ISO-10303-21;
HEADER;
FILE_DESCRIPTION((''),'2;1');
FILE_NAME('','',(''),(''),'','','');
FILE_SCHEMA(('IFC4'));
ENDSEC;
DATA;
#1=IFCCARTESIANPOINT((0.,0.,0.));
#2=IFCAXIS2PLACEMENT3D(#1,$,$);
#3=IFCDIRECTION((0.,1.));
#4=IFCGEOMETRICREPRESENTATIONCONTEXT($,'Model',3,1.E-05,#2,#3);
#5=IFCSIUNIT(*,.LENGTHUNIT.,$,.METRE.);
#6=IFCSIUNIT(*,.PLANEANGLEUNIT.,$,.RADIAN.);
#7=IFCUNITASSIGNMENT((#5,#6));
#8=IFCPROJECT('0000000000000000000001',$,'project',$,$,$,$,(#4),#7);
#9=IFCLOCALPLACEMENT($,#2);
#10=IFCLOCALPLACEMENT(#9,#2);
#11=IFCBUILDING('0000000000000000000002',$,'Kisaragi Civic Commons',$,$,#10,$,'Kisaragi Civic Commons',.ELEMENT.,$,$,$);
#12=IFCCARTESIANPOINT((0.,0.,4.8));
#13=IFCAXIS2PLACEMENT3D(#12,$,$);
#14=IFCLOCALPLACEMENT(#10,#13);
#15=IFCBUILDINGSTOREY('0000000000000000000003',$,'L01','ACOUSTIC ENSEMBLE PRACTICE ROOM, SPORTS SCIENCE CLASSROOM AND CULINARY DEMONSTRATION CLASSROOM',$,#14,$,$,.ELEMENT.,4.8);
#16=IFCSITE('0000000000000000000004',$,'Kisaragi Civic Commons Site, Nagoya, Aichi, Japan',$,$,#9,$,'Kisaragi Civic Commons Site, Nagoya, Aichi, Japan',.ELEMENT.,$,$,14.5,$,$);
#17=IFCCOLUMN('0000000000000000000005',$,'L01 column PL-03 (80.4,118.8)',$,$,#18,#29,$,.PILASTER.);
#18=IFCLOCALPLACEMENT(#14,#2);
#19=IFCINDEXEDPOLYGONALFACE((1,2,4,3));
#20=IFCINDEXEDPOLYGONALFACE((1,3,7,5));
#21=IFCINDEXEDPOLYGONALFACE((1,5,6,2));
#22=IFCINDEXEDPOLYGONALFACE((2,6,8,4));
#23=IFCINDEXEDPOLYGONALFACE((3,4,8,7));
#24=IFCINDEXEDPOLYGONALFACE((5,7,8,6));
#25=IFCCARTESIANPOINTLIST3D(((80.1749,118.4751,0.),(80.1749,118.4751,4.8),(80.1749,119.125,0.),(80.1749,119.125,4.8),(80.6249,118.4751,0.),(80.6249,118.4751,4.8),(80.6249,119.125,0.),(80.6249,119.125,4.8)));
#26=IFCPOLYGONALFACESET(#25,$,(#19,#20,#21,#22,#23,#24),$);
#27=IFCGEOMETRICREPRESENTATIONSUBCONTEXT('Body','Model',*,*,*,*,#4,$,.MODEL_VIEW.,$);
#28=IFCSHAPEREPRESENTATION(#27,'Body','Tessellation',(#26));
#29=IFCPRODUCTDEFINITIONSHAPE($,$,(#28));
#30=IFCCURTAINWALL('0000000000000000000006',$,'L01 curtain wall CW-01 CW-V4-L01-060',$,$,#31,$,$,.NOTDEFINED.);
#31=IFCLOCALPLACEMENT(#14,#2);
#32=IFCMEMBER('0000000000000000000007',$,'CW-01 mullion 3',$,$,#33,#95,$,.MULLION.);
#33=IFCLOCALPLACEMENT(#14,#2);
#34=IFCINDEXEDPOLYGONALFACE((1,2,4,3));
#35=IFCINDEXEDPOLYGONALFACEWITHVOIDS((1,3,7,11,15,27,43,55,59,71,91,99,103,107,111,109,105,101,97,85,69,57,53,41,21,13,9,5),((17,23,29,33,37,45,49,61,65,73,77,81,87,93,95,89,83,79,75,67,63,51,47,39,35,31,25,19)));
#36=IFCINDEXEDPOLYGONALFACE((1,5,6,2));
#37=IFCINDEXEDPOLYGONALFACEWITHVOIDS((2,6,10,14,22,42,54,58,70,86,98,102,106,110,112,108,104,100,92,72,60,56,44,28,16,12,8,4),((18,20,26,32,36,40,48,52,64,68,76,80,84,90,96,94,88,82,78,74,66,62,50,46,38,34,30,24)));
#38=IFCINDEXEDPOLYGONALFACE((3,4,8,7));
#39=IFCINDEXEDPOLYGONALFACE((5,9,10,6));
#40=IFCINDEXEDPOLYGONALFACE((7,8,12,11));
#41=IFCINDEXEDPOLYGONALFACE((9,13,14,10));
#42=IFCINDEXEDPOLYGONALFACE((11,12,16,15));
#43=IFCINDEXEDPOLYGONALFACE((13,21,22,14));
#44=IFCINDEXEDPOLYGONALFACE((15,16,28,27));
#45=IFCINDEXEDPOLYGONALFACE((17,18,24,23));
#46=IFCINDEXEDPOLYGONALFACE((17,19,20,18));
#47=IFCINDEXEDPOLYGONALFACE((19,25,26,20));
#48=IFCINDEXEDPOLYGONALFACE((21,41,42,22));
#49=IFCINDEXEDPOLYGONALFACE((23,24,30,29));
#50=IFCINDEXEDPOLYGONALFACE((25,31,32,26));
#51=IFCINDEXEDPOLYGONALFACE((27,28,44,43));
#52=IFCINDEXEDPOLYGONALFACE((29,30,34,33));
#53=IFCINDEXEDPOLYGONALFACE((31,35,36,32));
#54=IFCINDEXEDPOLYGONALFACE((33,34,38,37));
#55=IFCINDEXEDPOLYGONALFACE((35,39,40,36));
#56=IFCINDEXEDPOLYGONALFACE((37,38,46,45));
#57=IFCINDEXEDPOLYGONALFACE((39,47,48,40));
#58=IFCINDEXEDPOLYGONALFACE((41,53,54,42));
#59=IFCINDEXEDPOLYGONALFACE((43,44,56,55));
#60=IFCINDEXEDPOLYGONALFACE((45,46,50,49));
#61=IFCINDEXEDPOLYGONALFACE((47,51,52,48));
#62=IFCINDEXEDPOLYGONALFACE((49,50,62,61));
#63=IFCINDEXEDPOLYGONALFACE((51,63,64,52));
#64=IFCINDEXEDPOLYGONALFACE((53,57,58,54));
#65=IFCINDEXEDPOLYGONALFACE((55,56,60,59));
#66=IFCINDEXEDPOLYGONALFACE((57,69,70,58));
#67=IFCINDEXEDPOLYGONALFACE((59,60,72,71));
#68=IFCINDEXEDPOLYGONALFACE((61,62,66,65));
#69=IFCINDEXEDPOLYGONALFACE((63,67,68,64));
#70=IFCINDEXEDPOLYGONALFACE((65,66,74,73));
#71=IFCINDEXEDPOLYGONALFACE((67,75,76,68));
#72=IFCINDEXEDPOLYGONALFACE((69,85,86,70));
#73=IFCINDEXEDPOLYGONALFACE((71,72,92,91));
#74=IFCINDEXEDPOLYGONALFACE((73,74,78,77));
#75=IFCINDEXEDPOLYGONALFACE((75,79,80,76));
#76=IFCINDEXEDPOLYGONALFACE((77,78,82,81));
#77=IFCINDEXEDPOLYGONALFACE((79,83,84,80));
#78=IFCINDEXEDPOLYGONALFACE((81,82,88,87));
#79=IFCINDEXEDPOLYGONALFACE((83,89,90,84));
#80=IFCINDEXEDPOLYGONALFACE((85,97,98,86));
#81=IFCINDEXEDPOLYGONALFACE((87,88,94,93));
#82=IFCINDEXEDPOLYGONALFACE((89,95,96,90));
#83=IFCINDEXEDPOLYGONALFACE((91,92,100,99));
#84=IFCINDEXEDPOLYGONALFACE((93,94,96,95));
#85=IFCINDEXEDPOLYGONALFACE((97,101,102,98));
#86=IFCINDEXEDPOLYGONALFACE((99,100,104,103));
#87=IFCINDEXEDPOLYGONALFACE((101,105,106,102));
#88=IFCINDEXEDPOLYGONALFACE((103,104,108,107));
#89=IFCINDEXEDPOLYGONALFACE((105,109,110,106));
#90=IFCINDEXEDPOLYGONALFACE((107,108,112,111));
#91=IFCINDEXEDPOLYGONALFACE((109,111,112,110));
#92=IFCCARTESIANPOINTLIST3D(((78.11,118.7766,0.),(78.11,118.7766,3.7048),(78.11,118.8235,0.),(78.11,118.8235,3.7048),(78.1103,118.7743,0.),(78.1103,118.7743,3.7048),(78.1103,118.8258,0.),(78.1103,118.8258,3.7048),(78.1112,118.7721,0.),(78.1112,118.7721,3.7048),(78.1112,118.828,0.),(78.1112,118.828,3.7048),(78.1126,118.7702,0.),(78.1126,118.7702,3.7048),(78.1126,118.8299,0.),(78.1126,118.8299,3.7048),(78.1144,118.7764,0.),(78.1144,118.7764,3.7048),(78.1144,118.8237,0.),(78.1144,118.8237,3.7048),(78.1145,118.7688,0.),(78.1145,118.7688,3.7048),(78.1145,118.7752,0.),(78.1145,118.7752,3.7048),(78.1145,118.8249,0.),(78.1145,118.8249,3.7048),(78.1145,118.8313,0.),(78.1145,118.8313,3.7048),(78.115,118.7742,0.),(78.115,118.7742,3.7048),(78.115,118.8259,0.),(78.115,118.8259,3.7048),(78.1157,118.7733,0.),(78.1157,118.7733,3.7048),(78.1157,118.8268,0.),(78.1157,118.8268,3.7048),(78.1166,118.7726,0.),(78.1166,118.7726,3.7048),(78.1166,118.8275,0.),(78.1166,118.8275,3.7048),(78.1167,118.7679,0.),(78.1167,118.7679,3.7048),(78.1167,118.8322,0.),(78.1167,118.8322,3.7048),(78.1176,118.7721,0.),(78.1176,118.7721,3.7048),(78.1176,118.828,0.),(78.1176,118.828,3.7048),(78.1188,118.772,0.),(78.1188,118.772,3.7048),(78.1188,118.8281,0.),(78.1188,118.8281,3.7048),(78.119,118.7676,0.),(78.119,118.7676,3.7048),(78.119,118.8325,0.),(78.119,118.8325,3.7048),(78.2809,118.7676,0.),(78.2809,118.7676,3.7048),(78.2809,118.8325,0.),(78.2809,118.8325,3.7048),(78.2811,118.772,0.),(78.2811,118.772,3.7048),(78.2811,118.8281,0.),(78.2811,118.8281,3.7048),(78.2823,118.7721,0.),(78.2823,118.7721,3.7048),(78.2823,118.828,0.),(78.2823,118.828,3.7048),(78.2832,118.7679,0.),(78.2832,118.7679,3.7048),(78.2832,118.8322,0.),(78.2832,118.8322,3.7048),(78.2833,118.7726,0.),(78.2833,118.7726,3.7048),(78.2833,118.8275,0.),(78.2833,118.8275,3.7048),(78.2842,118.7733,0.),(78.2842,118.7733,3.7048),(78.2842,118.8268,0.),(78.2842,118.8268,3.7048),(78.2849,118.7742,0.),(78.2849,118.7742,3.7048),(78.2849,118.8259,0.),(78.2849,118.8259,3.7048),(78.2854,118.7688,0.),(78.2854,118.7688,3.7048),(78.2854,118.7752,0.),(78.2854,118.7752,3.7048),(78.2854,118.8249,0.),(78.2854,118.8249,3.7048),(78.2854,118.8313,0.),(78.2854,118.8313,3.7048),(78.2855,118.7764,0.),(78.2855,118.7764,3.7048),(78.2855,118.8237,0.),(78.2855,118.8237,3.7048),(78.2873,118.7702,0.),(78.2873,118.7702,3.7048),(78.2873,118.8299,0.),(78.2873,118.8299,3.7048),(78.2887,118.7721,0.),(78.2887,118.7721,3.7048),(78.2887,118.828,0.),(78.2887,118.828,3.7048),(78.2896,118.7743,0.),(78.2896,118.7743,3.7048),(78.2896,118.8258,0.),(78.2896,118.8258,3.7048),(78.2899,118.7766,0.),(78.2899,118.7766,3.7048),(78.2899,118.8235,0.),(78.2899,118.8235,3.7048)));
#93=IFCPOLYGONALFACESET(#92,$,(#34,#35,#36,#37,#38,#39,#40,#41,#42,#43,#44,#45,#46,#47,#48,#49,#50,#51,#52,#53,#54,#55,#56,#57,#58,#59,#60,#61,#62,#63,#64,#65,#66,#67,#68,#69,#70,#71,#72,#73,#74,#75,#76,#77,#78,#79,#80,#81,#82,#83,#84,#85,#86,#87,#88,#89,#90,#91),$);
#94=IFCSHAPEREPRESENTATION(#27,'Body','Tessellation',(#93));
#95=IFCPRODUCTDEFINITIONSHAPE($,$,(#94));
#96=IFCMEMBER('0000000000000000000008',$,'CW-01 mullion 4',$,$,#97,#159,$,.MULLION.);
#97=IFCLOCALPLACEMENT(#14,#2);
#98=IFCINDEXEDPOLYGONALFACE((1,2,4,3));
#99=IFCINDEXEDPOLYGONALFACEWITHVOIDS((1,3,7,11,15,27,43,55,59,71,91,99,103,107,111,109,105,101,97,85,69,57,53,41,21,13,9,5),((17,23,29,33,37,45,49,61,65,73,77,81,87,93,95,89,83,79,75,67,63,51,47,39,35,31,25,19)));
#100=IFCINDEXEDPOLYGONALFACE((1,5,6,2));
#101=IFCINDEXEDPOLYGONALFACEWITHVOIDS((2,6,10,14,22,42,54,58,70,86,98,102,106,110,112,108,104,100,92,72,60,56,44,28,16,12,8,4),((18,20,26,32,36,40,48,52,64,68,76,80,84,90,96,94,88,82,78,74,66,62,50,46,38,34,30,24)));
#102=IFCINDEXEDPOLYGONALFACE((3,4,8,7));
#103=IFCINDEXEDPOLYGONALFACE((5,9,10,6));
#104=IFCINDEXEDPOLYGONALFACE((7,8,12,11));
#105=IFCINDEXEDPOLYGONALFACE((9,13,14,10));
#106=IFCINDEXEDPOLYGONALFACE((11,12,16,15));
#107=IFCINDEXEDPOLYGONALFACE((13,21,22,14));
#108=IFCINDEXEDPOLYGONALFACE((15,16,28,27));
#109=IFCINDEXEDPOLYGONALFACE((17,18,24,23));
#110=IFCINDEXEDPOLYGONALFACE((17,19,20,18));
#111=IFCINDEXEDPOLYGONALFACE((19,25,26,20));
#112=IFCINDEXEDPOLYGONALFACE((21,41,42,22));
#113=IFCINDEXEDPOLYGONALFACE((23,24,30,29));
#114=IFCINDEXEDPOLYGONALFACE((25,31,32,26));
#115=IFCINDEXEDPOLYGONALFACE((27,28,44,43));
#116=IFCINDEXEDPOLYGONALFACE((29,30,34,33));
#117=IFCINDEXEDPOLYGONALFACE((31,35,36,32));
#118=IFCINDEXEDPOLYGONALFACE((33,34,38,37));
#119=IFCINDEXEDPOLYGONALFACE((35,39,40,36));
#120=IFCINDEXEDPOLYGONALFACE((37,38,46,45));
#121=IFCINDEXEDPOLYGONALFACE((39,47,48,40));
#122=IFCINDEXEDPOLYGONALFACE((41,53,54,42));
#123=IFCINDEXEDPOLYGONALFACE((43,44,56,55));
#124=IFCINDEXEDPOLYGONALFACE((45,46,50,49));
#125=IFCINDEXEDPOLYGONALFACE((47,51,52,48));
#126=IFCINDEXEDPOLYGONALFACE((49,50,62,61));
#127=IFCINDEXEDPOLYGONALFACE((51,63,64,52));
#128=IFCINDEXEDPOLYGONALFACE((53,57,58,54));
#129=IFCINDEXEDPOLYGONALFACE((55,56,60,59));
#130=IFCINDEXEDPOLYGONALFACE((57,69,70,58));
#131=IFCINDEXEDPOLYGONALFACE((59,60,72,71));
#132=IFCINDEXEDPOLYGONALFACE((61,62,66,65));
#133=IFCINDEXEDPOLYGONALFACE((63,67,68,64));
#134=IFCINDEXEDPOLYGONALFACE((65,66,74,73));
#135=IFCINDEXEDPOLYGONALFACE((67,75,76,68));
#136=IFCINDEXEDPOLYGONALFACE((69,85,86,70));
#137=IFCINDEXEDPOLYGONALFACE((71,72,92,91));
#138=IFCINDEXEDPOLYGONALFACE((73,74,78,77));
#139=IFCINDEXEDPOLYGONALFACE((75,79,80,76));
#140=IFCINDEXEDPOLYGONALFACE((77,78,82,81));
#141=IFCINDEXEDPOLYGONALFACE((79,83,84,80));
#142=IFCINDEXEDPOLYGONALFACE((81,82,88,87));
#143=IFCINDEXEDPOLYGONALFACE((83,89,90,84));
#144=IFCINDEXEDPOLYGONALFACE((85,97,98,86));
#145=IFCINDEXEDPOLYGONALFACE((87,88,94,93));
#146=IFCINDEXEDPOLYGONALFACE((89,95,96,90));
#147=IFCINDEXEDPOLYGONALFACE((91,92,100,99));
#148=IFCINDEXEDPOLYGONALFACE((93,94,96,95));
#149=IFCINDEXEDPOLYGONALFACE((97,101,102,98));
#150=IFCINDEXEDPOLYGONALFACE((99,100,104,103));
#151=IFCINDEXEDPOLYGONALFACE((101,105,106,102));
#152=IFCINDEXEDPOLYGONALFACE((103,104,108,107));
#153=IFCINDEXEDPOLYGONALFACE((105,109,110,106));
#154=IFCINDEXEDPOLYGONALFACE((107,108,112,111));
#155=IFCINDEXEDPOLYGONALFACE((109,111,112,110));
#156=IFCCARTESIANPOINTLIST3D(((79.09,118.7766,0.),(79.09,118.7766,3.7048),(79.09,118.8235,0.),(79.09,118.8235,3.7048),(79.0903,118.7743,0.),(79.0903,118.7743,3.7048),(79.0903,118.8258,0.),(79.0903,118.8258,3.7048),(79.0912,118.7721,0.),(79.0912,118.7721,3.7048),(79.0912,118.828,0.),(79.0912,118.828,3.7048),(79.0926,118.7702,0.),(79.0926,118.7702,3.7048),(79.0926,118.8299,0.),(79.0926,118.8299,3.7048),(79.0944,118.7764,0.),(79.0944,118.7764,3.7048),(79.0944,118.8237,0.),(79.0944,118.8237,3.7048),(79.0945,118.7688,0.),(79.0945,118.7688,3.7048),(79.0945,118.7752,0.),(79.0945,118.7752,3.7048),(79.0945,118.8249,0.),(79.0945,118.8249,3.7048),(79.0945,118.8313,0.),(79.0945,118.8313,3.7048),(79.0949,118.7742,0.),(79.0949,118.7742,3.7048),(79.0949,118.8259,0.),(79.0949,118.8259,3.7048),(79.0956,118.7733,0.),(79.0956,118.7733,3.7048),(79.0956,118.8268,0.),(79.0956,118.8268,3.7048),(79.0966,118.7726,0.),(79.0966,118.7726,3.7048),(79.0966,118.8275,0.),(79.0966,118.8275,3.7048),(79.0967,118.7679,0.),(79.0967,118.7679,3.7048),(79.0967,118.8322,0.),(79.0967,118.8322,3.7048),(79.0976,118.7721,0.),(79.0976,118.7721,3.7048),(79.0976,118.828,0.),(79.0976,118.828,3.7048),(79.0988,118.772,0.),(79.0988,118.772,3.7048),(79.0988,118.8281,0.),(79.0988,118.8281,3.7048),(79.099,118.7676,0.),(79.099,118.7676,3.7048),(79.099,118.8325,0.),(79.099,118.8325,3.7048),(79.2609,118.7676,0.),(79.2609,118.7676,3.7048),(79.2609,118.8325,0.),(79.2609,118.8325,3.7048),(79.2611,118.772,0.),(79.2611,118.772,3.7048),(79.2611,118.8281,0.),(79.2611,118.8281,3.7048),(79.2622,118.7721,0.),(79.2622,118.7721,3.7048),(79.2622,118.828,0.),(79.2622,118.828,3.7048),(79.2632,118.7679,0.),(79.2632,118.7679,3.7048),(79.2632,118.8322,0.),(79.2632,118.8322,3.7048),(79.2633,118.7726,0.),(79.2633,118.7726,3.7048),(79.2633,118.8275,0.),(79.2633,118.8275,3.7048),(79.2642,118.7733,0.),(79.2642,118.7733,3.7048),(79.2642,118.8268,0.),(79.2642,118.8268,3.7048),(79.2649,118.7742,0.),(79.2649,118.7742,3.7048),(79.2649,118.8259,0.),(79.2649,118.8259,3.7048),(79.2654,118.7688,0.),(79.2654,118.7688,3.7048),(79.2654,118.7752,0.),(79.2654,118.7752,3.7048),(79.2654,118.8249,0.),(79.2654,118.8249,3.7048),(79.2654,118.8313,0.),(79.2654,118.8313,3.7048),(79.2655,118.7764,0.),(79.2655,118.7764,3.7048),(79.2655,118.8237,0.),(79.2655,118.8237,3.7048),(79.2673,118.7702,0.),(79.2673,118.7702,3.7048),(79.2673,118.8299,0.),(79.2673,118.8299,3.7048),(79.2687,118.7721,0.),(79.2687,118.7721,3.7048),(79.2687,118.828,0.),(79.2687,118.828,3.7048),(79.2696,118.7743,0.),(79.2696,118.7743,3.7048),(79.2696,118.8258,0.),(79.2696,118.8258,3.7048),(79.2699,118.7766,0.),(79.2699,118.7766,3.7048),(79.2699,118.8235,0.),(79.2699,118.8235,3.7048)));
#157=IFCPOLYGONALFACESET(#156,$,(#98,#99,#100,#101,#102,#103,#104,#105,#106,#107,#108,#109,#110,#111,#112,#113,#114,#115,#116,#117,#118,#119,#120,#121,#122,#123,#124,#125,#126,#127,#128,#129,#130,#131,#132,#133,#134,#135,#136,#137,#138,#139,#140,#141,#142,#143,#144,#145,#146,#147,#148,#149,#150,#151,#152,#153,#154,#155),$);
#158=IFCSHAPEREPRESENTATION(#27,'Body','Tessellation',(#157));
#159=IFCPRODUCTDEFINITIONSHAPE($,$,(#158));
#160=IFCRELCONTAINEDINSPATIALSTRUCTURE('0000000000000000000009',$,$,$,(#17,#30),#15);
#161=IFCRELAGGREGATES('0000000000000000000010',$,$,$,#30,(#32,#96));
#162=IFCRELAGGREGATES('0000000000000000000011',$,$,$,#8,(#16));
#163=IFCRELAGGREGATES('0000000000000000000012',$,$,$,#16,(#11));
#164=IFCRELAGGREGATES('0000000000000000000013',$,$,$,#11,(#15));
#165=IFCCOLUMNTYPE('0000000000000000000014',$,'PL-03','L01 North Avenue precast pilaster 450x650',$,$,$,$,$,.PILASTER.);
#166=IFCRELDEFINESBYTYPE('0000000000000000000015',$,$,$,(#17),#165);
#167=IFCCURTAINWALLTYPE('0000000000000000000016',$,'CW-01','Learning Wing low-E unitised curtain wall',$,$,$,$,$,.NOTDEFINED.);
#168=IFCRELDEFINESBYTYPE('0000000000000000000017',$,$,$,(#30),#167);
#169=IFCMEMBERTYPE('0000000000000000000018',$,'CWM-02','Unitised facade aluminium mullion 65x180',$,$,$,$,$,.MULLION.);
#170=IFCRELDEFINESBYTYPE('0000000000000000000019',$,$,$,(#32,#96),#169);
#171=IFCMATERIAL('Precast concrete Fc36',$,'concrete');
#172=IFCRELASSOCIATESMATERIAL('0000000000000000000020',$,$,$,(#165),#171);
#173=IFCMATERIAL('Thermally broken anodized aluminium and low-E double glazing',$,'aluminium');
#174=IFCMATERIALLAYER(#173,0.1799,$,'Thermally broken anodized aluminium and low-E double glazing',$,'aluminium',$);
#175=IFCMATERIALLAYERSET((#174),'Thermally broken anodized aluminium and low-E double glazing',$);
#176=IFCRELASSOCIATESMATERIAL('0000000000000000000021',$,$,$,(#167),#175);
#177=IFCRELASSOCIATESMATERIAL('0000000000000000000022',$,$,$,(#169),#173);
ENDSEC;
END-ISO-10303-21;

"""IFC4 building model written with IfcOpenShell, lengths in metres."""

from ifc_helpers import new_model, si_unit, direction, frame, origin, origin_2d, place, context, subcontext, project, spatial, rectangle, hollow_rectangle, extrude, material, layer, layer_set, material_profile, profile_set, type_object, element, aggregate, save


model = new_model("IFC4")

# Units and contexts
model_context = context("Model", 3, precision=1e-05, world=origin(), true_north=direction((0.0, 1.0)))
body_context = subcontext(model_context, "Body", "Model", "MODEL_VIEW")
ifc_project = project(units=[si_unit("LENGTHUNIT", "METRE"), si_unit("PLANEANGLEUNIT", "RADIAN")], contexts=[model_context])

# Site, building, storey
site_placement = place(None, origin())
site = spatial("IfcSite", under=ifc_project, at=site_placement, Name="Kisaragi Civic Commons Site, Nagoya, Aichi, Japan", LongName="Kisaragi Civic Commons Site, Nagoya, Aichi, Japan", CompositionType="ELEMENT", RefElevation=14.5)
building_placement = place(site_placement, origin())
building = spatial("IfcBuilding", under=site, at=building_placement, Name="Kisaragi Civic Commons", LongName="Kisaragi Civic Commons", CompositionType="ELEMENT")
storey_placement = place(building_placement, frame((0.0, 0.0, 4.8)))
storey = spatial("IfcBuildingStorey", under=building, at=storey_placement, Name="L01", Description="ACOUSTIC ENSEMBLE PRACTICE ROOM, SPORTS SCIENCE CLASSROOM AND CULINARY DEMONSTRATION CLASSROOM", CompositionType="ELEMENT", Elevation=4.8)

# Column
ifc_material_1 = material(Name="Precast concrete Fc36", Category="concrete")
ifc_material_profile_1 = material_profile(ifc_material_1, rectangle(XDim=0.45, YDim=0.6499, at=origin_2d()), Name="RC-450x650", Category="concrete")
ifc_profile_set_1 = profile_set([ifc_material_profile_1], Name="Precast concrete Fc36")
column_type = type_object("IfcColumnType", Name="PL-03", Description="L01 North Avenue precast pilaster 450x650", PredefinedType="PILASTER", material=ifc_profile_set_1)
column_placement = place(storey_placement, frame((80.3999, 118.8, 0.0), z_axis=(0.0, 0.0, 1.0), x_axis=(1.0, 0.0, 0.0)))
element("IfcColumn", 1, at=column_placement, inside=storey, type_object=column_type, Name="L01 column PL-03 (80.4,118.8)", PredefinedType="PILASTER", context=body_context, shape_type="SweptSolid", body=[
    extrude(rectangle(XDim=0.45, YDim=0.6499, at=origin_2d()), origin(), (0.0, 0.0, 1.0), 4.8),
])

# Curtain wall, members
ifc_material_2 = material(Name="Thermally broken anodized aluminium and low-E double glazing", Category="aluminium")
ifc_layer_1 = layer(ifc_material_2, 0.1799, Name="Thermally broken anodized aluminium and low-E double glazing", Category="aluminium")
ifc_layer_set_1 = layer_set([ifc_layer_1], Name="Thermally broken anodized aluminium and low-E double glazing")
curtain_wall_type = type_object("IfcCurtainWallType", Name="CW-01", Description="Learning Wing low-E unitised curtain wall", PredefinedType="NOTDEFINED", material=ifc_layer_set_1)
curtain_wall_placement = place(storey_placement, origin())
curtain_wall = element("IfcCurtainWall", 2, at=curtain_wall_placement, inside=storey, type_object=curtain_wall_type, Name="L01 curtain wall CW-01 CW-V4-L01-060", PredefinedType="NOTDEFINED")
ifc_material_profile_2 = material_profile(ifc_material_2, hollow_rectangle(XDim=0.0649, YDim=0.1799, WallThickness=0.0044, InnerFilletRadius=0.0044, OuterFilletRadius=0.009, at=origin_2d()), Name="CWM-65x180x4.5", Category="aluminium")
ifc_profile_set_2 = profile_set([ifc_material_profile_2], Name="Thermally broken anodized aluminium and low-E double glazing")
member_type_1 = type_object("IfcMemberType", Name="CWM-02", Description="Unitised facade aluminium mullion 65x180", PredefinedType="MULLION", material=ifc_profile_set_2)
member_1_placement = place(storey_placement, frame((78.2, 118.8, 0.0), z_axis=(0.0, 0.0, 1.0), x_axis=(0.0, 1.0, 0.0)))
member_1 = element("IfcMember", 3, at=member_1_placement, type_object=member_type_1, Name="CW-01 mullion 3", PredefinedType="MULLION", context=body_context, shape_type="SweptSolid", body=[
    extrude(hollow_rectangle(XDim=0.0649, YDim=0.1799, WallThickness=0.0044, InnerFilletRadius=0.0044, OuterFilletRadius=0.009, at=origin_2d()), origin(), (0.0, 0.0, 1.0), 3.7048),
])
member_2_placement = place(storey_placement, frame((79.1799, 118.8, 0.0), z_axis=(0.0, 0.0, 1.0), x_axis=(0.0, 1.0, 0.0)))
member_2 = element("IfcMember", 4, at=member_2_placement, type_object=member_type_1, Name="CW-01 mullion 4", PredefinedType="MULLION", context=body_context, shape_type="SweptSolid", body=[
    extrude(hollow_rectangle(XDim=0.0649, YDim=0.1799, WallThickness=0.0044, InnerFilletRadius=0.0044, OuterFilletRadius=0.009, at=origin_2d()), origin(), (0.0, 0.0, 1.0), 3.7048),
])
aggregate(curtain_wall, [member_1, member_2])

save(model, "model.ifc")
